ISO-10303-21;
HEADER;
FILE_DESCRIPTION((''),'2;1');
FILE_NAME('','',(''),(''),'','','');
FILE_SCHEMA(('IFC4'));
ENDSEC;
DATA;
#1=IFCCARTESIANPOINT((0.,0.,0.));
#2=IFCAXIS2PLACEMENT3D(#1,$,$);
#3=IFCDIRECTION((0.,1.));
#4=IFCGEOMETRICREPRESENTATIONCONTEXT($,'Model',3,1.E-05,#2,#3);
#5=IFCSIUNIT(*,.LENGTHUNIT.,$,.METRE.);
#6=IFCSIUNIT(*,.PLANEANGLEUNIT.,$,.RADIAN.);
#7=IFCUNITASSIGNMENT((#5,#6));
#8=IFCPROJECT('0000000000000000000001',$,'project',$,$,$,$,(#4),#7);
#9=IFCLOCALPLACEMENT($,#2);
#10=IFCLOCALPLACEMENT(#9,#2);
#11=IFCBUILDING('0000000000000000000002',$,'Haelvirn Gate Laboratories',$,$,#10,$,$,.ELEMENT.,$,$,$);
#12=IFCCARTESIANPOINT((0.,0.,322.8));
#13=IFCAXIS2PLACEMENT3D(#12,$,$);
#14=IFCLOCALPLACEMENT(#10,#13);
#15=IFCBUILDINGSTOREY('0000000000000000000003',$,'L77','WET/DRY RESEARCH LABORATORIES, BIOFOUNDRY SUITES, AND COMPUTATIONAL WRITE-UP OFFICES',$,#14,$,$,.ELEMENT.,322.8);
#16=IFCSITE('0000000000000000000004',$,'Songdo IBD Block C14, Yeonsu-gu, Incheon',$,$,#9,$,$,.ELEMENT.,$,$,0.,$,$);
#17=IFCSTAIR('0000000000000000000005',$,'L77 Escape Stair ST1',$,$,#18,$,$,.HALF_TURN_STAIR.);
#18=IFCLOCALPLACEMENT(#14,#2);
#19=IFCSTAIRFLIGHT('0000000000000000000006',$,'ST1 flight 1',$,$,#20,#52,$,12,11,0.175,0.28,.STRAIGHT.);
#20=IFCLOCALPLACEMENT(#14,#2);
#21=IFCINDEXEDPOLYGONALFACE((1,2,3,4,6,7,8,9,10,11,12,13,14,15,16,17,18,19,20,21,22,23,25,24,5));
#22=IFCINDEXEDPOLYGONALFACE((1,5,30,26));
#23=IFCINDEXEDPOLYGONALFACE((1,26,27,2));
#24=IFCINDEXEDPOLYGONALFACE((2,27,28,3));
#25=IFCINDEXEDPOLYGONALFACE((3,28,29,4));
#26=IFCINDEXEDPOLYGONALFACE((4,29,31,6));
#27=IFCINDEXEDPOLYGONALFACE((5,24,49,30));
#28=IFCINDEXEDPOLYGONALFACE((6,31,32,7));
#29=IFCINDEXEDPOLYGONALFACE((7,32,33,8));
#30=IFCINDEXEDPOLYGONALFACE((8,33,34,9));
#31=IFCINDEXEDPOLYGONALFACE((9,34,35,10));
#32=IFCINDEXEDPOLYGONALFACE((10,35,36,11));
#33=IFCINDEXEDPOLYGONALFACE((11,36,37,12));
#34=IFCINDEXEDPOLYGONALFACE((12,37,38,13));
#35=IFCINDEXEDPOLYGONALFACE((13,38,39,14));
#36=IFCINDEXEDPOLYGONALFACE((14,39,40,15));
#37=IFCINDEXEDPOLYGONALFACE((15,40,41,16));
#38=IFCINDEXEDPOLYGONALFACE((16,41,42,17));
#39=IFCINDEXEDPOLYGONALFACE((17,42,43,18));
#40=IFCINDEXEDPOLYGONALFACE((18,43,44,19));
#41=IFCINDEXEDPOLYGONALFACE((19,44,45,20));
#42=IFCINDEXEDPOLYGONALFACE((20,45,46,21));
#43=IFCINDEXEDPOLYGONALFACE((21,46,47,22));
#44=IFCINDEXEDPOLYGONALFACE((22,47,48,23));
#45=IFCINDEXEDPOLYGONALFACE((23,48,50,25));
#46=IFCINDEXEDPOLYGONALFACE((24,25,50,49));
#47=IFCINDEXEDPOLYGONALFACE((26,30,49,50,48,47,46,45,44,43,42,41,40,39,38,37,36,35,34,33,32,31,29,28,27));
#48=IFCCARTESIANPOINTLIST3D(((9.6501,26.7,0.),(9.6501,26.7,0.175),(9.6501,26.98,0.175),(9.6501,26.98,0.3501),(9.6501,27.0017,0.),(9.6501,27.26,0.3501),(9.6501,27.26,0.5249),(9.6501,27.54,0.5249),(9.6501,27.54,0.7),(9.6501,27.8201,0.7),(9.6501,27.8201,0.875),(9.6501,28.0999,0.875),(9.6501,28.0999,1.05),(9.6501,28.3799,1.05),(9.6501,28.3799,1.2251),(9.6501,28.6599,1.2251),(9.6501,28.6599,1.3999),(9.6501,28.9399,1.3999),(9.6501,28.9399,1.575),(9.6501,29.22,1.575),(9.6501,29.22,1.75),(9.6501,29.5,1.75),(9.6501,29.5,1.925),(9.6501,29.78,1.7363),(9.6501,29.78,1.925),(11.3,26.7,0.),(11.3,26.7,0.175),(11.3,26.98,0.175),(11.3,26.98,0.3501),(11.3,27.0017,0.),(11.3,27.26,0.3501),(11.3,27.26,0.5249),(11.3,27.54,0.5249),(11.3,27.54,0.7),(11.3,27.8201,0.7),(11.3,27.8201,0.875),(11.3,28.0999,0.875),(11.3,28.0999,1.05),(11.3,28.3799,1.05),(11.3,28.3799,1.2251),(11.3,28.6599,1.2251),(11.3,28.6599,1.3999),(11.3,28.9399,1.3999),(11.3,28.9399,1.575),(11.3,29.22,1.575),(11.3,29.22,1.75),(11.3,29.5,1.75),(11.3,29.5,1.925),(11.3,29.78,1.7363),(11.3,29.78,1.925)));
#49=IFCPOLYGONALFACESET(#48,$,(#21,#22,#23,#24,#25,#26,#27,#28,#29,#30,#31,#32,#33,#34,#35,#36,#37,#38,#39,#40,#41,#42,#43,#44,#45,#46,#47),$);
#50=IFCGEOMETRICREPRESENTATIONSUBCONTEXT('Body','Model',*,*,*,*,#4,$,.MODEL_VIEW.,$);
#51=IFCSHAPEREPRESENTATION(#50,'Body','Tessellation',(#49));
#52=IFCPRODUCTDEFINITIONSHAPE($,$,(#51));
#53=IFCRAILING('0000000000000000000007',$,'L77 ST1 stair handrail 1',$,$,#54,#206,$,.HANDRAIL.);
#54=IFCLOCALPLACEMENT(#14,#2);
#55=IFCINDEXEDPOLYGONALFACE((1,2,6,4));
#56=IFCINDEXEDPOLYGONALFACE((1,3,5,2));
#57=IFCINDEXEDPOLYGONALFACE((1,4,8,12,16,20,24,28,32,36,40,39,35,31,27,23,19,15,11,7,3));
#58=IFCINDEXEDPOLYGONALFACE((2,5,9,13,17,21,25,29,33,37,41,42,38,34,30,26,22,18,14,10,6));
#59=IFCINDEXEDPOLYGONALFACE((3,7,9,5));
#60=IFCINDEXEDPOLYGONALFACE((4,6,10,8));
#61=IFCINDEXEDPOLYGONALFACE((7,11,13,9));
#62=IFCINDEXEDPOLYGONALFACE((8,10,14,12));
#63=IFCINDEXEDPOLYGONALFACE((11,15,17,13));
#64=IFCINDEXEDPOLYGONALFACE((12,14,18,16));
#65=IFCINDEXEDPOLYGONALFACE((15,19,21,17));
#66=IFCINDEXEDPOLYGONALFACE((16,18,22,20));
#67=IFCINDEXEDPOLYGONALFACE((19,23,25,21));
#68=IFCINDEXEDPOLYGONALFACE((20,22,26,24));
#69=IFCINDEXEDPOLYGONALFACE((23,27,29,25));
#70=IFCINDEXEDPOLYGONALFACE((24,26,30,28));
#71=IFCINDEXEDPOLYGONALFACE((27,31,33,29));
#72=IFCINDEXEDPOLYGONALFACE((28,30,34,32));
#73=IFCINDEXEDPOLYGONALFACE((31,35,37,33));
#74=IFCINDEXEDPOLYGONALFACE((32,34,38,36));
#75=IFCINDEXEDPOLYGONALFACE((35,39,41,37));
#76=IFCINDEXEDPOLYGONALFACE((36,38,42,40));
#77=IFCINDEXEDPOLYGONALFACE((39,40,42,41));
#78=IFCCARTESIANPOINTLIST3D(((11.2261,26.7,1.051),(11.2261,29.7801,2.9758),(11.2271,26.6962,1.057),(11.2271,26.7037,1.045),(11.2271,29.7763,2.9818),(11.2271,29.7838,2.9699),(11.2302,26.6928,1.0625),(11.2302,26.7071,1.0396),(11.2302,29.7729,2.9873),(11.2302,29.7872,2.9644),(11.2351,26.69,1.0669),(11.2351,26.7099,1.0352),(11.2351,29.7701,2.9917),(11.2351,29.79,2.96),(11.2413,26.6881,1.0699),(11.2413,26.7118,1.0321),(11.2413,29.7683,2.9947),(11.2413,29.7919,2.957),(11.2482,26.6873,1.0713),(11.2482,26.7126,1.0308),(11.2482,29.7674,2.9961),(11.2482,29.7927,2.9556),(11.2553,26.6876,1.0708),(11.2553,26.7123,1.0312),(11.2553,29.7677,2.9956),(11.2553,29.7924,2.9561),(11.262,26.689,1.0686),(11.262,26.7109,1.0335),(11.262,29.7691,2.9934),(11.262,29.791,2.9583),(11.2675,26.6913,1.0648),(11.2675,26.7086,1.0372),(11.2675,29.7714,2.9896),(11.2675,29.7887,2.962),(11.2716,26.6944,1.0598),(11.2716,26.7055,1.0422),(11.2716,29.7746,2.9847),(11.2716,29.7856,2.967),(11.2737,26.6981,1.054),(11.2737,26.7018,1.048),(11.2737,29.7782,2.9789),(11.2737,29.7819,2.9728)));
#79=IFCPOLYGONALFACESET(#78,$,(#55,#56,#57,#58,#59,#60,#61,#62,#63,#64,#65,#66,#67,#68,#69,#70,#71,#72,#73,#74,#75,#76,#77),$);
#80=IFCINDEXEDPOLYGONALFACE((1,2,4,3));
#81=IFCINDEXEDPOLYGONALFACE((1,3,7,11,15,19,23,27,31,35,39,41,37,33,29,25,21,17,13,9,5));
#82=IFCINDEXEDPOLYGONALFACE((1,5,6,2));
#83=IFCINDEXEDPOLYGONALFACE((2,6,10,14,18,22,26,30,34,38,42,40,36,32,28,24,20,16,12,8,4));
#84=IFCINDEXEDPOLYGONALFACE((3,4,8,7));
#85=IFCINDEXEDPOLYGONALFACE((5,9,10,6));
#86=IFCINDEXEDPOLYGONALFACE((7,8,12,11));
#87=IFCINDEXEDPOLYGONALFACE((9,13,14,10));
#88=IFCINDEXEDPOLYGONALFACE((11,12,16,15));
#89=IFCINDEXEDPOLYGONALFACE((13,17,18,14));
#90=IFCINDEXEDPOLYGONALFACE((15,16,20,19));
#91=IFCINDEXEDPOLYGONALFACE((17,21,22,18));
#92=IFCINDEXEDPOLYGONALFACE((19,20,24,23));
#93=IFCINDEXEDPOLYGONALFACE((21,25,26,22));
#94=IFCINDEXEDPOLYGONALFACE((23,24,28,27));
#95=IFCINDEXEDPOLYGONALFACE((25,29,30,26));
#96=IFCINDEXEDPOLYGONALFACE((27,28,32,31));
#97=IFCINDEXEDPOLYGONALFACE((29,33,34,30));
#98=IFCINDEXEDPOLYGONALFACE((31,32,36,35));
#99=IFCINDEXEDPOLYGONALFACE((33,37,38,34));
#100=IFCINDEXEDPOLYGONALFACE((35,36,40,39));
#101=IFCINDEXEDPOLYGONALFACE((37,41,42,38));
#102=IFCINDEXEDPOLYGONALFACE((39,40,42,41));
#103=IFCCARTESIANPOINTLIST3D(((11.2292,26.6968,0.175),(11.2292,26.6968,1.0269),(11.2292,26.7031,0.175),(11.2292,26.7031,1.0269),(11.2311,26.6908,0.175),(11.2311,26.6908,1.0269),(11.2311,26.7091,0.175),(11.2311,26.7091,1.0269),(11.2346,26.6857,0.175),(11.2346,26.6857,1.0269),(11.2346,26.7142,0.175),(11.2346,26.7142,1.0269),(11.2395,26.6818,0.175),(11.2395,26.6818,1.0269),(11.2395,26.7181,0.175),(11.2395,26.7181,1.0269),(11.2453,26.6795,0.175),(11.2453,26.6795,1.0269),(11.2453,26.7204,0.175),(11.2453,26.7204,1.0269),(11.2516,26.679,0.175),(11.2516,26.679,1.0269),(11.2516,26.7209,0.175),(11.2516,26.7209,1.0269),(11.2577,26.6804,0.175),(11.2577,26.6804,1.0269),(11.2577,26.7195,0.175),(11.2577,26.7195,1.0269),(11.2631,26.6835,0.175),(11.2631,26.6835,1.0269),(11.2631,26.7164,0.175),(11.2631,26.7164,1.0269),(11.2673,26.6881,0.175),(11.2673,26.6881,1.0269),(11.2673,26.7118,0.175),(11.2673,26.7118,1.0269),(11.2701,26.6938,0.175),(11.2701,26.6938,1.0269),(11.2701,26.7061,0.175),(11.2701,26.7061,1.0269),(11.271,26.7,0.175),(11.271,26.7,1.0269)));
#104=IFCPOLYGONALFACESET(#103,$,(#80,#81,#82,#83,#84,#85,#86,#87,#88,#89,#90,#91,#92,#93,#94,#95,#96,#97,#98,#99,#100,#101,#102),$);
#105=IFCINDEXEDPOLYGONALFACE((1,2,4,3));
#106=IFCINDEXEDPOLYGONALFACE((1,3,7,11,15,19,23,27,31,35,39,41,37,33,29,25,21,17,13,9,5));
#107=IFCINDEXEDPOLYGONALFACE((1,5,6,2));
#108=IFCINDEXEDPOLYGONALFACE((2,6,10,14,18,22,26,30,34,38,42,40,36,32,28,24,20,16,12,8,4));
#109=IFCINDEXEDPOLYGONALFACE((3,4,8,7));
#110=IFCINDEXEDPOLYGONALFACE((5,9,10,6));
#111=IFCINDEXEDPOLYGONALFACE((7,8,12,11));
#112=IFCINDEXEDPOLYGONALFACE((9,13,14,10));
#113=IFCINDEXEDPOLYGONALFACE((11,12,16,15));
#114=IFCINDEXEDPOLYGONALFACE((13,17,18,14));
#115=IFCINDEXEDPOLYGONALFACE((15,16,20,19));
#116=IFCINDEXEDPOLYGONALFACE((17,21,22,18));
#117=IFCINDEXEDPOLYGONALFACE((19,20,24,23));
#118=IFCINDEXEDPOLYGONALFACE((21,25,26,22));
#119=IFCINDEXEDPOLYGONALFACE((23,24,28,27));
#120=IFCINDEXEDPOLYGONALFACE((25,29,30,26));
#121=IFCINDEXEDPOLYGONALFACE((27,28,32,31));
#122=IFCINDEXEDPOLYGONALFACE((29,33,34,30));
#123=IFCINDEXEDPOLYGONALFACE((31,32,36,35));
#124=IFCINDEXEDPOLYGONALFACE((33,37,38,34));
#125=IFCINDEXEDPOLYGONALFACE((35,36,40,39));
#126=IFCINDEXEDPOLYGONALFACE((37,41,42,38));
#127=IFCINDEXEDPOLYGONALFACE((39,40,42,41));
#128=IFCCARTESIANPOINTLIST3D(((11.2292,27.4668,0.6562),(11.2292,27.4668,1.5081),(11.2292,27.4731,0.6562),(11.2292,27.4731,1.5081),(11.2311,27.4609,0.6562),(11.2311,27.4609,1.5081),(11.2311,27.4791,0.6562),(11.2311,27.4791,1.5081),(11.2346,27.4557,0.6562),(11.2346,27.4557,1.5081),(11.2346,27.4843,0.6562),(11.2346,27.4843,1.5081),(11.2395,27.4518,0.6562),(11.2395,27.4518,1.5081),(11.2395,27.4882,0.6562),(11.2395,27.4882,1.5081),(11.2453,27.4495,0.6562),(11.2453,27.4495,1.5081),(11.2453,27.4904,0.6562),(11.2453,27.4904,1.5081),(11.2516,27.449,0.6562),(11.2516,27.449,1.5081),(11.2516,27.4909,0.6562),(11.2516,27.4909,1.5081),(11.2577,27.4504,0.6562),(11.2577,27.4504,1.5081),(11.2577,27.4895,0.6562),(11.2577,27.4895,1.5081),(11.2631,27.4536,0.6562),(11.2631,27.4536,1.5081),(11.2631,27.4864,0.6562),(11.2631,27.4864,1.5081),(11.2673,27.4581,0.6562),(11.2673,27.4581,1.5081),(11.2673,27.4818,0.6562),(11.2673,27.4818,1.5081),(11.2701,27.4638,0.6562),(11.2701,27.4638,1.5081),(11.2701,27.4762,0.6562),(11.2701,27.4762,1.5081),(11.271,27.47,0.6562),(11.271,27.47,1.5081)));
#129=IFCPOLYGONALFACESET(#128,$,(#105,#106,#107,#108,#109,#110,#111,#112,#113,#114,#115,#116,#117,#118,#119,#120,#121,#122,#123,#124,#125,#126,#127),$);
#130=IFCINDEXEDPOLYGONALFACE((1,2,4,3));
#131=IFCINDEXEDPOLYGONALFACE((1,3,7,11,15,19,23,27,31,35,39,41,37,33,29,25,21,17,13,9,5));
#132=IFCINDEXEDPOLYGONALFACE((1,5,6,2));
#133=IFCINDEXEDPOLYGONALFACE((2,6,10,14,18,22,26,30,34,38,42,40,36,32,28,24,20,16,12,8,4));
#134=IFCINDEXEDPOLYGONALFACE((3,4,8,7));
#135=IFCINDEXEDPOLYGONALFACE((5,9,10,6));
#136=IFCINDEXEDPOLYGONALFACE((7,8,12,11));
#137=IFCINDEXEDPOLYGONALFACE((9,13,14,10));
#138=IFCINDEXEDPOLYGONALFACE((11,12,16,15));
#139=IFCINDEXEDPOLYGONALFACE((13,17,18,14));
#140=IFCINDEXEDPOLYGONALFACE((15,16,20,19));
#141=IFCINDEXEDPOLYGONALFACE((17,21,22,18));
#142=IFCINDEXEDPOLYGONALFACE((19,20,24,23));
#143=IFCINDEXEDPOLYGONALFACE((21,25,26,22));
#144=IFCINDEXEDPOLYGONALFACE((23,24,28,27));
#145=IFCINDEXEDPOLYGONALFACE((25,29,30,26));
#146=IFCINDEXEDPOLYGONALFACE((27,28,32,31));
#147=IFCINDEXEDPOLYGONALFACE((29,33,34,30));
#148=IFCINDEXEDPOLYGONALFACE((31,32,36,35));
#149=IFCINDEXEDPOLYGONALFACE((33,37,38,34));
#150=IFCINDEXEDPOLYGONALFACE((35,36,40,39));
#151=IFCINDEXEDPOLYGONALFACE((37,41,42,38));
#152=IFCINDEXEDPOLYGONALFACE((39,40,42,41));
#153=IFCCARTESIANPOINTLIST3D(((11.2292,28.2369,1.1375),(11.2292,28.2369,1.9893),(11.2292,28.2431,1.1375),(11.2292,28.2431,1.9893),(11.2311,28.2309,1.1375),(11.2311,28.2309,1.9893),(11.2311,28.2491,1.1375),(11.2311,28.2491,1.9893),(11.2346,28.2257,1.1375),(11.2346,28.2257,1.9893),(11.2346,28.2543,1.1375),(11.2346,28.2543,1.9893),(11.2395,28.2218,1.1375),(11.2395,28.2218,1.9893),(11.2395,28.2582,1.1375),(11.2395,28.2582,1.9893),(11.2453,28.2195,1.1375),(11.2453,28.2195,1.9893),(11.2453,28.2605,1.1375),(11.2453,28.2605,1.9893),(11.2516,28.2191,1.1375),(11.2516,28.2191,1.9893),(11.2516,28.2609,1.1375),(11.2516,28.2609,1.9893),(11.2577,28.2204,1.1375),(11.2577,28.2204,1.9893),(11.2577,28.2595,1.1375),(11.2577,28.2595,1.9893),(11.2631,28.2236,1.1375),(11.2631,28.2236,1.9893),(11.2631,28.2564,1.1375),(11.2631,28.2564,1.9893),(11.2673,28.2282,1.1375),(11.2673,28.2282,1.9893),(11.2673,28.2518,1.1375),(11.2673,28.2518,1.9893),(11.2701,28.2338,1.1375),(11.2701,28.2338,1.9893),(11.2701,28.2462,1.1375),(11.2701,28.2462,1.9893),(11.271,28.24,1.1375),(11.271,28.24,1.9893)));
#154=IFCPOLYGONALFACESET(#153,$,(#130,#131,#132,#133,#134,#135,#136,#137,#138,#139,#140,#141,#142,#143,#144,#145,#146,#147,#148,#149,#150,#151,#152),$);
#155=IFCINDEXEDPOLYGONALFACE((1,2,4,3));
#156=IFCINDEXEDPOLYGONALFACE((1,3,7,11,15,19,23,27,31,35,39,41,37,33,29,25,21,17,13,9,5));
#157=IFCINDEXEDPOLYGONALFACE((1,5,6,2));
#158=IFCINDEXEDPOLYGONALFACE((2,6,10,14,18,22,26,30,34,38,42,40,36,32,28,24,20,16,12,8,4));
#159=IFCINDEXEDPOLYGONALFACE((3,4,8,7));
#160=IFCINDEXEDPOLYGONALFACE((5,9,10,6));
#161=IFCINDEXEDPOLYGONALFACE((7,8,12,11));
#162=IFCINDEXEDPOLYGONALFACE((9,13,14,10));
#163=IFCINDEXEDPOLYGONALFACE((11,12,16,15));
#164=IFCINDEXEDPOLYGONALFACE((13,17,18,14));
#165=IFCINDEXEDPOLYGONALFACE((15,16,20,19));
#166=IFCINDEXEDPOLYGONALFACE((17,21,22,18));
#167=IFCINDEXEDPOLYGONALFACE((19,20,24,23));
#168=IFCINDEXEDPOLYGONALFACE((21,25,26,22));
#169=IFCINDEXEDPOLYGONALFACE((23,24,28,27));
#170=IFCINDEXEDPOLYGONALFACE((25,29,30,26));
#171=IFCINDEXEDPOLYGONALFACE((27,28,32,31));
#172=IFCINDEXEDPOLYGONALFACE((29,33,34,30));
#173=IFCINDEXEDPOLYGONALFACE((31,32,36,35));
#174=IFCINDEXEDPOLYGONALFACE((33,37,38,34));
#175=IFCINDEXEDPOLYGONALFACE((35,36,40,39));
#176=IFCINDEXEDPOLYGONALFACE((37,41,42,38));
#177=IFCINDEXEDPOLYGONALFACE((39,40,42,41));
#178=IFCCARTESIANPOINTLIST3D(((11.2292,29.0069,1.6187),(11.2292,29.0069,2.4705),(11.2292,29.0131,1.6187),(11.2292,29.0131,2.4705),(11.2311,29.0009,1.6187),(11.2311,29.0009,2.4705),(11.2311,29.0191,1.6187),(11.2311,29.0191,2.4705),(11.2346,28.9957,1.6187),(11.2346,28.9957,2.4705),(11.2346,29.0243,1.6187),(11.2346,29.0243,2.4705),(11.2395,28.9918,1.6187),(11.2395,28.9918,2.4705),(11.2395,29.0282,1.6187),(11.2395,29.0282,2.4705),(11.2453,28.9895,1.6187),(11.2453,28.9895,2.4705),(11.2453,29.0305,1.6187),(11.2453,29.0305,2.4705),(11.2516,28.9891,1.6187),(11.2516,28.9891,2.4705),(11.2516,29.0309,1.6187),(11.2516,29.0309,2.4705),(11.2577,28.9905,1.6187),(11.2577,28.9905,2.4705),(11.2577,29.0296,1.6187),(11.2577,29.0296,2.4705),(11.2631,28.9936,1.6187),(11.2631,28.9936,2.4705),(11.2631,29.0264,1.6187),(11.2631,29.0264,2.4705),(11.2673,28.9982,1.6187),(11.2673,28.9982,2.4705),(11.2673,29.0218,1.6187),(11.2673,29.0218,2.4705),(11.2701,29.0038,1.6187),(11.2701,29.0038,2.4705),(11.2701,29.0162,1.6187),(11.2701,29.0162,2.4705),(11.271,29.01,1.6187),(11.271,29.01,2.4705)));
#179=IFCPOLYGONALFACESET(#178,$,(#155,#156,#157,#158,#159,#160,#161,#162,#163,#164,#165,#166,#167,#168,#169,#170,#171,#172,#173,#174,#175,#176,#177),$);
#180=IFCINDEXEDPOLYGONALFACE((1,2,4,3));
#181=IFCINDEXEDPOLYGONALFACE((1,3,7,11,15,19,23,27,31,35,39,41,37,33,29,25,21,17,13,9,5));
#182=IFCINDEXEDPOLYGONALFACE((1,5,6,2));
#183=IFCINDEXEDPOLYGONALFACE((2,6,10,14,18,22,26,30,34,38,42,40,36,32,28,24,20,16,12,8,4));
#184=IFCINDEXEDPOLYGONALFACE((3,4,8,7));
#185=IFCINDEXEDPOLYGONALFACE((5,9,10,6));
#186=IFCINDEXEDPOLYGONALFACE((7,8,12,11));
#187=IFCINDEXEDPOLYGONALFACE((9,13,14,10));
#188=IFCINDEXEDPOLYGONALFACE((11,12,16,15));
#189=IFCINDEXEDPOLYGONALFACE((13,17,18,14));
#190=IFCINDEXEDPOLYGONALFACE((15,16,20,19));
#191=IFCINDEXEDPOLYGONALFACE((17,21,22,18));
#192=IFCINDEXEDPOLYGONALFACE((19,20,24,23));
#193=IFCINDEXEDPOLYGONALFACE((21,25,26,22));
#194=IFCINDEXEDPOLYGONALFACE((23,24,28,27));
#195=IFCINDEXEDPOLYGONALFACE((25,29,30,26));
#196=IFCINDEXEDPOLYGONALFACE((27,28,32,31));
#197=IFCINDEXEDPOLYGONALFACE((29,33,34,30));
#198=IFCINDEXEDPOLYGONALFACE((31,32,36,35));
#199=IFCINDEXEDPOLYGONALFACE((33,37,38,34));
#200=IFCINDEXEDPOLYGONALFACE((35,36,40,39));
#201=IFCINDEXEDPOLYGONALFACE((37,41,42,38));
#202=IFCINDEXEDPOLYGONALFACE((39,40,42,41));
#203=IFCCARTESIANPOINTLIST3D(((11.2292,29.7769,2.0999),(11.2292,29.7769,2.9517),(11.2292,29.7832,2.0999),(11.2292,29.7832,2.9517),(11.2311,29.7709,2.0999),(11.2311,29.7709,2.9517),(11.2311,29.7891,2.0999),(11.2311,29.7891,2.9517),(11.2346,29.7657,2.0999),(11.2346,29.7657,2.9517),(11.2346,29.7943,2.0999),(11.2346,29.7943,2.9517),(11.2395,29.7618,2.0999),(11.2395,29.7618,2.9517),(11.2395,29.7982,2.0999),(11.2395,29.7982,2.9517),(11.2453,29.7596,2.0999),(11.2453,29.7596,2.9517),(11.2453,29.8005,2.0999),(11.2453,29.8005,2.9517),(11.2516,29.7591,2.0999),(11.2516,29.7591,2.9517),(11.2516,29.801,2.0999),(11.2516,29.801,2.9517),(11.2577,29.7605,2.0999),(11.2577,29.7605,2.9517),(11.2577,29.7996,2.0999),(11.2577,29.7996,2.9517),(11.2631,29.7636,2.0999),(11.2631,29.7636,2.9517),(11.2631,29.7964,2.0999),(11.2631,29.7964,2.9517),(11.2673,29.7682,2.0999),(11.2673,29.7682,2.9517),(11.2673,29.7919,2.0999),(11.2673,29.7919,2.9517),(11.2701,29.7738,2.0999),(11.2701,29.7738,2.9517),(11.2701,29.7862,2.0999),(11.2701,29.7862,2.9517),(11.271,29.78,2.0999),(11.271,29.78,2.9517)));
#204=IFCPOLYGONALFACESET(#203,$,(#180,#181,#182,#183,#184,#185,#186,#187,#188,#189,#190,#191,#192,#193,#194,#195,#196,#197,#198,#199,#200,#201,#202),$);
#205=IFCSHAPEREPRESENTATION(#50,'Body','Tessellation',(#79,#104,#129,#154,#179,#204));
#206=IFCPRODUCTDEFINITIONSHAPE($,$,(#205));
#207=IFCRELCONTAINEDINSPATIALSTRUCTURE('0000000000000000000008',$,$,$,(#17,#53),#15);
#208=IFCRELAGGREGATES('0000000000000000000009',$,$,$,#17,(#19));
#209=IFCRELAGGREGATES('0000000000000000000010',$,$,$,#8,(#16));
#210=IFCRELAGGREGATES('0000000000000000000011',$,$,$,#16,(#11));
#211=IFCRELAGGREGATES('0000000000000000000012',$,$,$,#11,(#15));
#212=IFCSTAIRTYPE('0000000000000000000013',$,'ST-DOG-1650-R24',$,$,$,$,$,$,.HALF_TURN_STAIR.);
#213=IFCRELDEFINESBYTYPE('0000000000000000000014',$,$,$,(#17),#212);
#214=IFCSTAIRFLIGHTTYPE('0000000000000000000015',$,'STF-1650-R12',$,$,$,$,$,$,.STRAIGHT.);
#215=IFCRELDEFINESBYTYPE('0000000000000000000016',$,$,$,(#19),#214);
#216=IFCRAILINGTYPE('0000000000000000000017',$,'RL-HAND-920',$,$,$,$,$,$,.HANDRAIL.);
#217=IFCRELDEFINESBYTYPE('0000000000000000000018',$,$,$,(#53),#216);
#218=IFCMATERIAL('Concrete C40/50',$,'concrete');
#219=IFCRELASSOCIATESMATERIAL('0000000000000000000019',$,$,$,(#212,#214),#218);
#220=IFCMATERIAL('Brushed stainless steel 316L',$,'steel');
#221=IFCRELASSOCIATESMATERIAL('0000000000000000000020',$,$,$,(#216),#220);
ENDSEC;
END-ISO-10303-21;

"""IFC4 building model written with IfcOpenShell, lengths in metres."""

from ifc_helpers import new_model, si_unit, direction, frame, origin, origin_2d, place, context, subcontext, project, spatial, polyline, circle, outline, extrude, source, transform, mapped, material, type_object, type_shapes, element, aggregate, save


model = new_model("IFC4")

# Units and contexts
model_context = context("Model", 3, precision=1e-05, world=origin(), true_north=direction((0.0, 1.0)))
body_context = subcontext(model_context, "Body", "Model", "MODEL_VIEW")
ifc_project = project(units=[si_unit("LENGTHUNIT", "METRE"), si_unit("PLANEANGLEUNIT", "RADIAN")], contexts=[model_context])

# Site, building, storey
site_placement = place(None, origin())
site = spatial("IfcSite", under=ifc_project, at=site_placement, Name="Songdo IBD Block C14, Yeonsu-gu, Incheon", CompositionType="ELEMENT", RefElevation=0.0)
building_placement = place(site_placement, origin())
building = spatial("IfcBuilding", under=site, at=building_placement, Name="Haelvirn Gate Laboratories", CompositionType="ELEMENT")
storey_placement = place(building_placement, frame((0.0, 0.0, 322.8)))
storey = spatial("IfcBuildingStorey", under=building, at=storey_placement, Name="L77", Description="WET/DRY RESEARCH LABORATORIES, BIOFOUNDRY SUITES, AND COMPUTATIONAL WRITE-UP OFFICES", CompositionType="ELEMENT", Elevation=322.8)

# Shared definitions
ifc_material_1 = material(Name="Concrete C40/50", Category="concrete")

# Stair, stair flight
stair_type = type_object("IfcStairType", Name="ST-DOG-1650-R24", PredefinedType="HALF_TURN_STAIR", material=ifc_material_1)
stair_placement = place(storey_placement, origin())
stair = element("IfcStair", 1, at=stair_placement, inside=storey, type_object=stair_type, Name="L77 Escape Stair ST1", PredefinedType="HALF_TURN_STAIR")
stair_flight_type = type_object("IfcStairFlightType", Name="STF-1650-R12", PredefinedType="STRAIGHT", material=ifc_material_1)
shared_shape_1 = source(origin(), body_context, "Body", "SweptSolid", [
    extrude(outline(polyline([(0.0, 0.0), (0.0, 0.175), (0.28, 0.175), (0.28, 0.3501), (0.5601, 0.3501), (0.5601, 0.5249), (0.8401, 0.5249), (0.8401, 0.7), (1.1201, 0.7), (1.1201, 0.875), (1.3999, 0.875), (1.3999, 1.05), (1.6799, 1.05), (1.6799, 1.2251), (1.96, 1.2251), (1.96, 1.3999), (2.24, 1.3999), (2.24, 1.575), (2.52, 1.575), (2.52, 1.75), (2.8, 1.75), (2.8, 1.925), (3.0801, 1.925), (3.0801, 2.1001), (3.0801, 1.7363), (0.3018, 0.0), (0.0, 0.0)])), frame((0.0, 0.825, 0.0), z_axis=(0.0, -1.0, 0.0), x_axis=(1.0, 0.0, 0.0)), (0.0, 0.0, 1.0), 1.6499),
])
type_shapes(stair_flight_type, [shared_shape_1])
stair_flight_placement = place(storey_placement, frame((10.4751, 26.7, 0.0), z_axis=(0.0, 0.0, 1.0), x_axis=(0.0, 1.0, 0.0)))
stair_flight = element("IfcStairFlight", 2, at=stair_flight_placement, type_object=stair_flight_type, Name="ST1 flight 1", NumberOfRisers=12, NumberOfTreads=11, PredefinedType="STRAIGHT", RiserHeight=0.175, TreadLength=0.28, context=body_context, shape_type="MappedRepresentation", body=[
    mapped(shared_shape_1, transform((0.0, 0.0, 0.0), scale=1.0)),
])
aggregate(stair, [stair_flight])

# Railing
ifc_material_2 = material(Name="Brushed stainless steel 316L", Category="steel")
railing_type = type_object("IfcRailingType", Name="RL-HAND-920", PredefinedType="HANDRAIL", material=ifc_material_2)
shared_shape_2 = source(origin(), body_context, "Body", "SweptSolid", [
    extrude(circle(Radius=0.0239, at=origin_2d()), frame((0.0, 0.0, 0.876), z_axis=(0.0, 0.848029, 0.529951), x_axis=(-1.0, 0.0, 0.0)), (0.0, 0.0, 1.0), 3.6321),
    extrude(circle(Radius=0.021, at=origin_2d()), origin(), (0.0, 0.0, 1.0), 0.8518),
    extrude(circle(Radius=0.021, at=origin_2d()), frame((0.0, 0.77, 0.4812)), (0.0, 0.0, 1.0), 0.8518),
    extrude(circle(Radius=0.021, at=origin_2d()), frame((0.0, 1.54, 0.9624)), (0.0, 0.0, 1.0), 0.8518),
    extrude(circle(Radius=0.021, at=origin_2d()), frame((0.0, 2.3101, 1.4436)), (0.0, 0.0, 1.0), 0.8518),
    extrude(circle(Radius=0.021, at=origin_2d()), frame((0.0, 3.0801, 1.9248)), (0.0, 0.0, 1.0), 0.8518),
])
type_shapes(railing_type, [shared_shape_2])
railing_placement = place(storey_placement, frame((11.25, 26.7, 0.175)))
element("IfcRailing", 3, at=railing_placement, inside=storey, type_object=railing_type, Name="L77 ST1 stair handrail 1", PredefinedType="HANDRAIL", context=body_context, shape_type="MappedRepresentation", body=[
    mapped(shared_shape_2, transform((0.0, 0.0, 0.0), scale=1.0)),
])

save(model, "model.ifc")
